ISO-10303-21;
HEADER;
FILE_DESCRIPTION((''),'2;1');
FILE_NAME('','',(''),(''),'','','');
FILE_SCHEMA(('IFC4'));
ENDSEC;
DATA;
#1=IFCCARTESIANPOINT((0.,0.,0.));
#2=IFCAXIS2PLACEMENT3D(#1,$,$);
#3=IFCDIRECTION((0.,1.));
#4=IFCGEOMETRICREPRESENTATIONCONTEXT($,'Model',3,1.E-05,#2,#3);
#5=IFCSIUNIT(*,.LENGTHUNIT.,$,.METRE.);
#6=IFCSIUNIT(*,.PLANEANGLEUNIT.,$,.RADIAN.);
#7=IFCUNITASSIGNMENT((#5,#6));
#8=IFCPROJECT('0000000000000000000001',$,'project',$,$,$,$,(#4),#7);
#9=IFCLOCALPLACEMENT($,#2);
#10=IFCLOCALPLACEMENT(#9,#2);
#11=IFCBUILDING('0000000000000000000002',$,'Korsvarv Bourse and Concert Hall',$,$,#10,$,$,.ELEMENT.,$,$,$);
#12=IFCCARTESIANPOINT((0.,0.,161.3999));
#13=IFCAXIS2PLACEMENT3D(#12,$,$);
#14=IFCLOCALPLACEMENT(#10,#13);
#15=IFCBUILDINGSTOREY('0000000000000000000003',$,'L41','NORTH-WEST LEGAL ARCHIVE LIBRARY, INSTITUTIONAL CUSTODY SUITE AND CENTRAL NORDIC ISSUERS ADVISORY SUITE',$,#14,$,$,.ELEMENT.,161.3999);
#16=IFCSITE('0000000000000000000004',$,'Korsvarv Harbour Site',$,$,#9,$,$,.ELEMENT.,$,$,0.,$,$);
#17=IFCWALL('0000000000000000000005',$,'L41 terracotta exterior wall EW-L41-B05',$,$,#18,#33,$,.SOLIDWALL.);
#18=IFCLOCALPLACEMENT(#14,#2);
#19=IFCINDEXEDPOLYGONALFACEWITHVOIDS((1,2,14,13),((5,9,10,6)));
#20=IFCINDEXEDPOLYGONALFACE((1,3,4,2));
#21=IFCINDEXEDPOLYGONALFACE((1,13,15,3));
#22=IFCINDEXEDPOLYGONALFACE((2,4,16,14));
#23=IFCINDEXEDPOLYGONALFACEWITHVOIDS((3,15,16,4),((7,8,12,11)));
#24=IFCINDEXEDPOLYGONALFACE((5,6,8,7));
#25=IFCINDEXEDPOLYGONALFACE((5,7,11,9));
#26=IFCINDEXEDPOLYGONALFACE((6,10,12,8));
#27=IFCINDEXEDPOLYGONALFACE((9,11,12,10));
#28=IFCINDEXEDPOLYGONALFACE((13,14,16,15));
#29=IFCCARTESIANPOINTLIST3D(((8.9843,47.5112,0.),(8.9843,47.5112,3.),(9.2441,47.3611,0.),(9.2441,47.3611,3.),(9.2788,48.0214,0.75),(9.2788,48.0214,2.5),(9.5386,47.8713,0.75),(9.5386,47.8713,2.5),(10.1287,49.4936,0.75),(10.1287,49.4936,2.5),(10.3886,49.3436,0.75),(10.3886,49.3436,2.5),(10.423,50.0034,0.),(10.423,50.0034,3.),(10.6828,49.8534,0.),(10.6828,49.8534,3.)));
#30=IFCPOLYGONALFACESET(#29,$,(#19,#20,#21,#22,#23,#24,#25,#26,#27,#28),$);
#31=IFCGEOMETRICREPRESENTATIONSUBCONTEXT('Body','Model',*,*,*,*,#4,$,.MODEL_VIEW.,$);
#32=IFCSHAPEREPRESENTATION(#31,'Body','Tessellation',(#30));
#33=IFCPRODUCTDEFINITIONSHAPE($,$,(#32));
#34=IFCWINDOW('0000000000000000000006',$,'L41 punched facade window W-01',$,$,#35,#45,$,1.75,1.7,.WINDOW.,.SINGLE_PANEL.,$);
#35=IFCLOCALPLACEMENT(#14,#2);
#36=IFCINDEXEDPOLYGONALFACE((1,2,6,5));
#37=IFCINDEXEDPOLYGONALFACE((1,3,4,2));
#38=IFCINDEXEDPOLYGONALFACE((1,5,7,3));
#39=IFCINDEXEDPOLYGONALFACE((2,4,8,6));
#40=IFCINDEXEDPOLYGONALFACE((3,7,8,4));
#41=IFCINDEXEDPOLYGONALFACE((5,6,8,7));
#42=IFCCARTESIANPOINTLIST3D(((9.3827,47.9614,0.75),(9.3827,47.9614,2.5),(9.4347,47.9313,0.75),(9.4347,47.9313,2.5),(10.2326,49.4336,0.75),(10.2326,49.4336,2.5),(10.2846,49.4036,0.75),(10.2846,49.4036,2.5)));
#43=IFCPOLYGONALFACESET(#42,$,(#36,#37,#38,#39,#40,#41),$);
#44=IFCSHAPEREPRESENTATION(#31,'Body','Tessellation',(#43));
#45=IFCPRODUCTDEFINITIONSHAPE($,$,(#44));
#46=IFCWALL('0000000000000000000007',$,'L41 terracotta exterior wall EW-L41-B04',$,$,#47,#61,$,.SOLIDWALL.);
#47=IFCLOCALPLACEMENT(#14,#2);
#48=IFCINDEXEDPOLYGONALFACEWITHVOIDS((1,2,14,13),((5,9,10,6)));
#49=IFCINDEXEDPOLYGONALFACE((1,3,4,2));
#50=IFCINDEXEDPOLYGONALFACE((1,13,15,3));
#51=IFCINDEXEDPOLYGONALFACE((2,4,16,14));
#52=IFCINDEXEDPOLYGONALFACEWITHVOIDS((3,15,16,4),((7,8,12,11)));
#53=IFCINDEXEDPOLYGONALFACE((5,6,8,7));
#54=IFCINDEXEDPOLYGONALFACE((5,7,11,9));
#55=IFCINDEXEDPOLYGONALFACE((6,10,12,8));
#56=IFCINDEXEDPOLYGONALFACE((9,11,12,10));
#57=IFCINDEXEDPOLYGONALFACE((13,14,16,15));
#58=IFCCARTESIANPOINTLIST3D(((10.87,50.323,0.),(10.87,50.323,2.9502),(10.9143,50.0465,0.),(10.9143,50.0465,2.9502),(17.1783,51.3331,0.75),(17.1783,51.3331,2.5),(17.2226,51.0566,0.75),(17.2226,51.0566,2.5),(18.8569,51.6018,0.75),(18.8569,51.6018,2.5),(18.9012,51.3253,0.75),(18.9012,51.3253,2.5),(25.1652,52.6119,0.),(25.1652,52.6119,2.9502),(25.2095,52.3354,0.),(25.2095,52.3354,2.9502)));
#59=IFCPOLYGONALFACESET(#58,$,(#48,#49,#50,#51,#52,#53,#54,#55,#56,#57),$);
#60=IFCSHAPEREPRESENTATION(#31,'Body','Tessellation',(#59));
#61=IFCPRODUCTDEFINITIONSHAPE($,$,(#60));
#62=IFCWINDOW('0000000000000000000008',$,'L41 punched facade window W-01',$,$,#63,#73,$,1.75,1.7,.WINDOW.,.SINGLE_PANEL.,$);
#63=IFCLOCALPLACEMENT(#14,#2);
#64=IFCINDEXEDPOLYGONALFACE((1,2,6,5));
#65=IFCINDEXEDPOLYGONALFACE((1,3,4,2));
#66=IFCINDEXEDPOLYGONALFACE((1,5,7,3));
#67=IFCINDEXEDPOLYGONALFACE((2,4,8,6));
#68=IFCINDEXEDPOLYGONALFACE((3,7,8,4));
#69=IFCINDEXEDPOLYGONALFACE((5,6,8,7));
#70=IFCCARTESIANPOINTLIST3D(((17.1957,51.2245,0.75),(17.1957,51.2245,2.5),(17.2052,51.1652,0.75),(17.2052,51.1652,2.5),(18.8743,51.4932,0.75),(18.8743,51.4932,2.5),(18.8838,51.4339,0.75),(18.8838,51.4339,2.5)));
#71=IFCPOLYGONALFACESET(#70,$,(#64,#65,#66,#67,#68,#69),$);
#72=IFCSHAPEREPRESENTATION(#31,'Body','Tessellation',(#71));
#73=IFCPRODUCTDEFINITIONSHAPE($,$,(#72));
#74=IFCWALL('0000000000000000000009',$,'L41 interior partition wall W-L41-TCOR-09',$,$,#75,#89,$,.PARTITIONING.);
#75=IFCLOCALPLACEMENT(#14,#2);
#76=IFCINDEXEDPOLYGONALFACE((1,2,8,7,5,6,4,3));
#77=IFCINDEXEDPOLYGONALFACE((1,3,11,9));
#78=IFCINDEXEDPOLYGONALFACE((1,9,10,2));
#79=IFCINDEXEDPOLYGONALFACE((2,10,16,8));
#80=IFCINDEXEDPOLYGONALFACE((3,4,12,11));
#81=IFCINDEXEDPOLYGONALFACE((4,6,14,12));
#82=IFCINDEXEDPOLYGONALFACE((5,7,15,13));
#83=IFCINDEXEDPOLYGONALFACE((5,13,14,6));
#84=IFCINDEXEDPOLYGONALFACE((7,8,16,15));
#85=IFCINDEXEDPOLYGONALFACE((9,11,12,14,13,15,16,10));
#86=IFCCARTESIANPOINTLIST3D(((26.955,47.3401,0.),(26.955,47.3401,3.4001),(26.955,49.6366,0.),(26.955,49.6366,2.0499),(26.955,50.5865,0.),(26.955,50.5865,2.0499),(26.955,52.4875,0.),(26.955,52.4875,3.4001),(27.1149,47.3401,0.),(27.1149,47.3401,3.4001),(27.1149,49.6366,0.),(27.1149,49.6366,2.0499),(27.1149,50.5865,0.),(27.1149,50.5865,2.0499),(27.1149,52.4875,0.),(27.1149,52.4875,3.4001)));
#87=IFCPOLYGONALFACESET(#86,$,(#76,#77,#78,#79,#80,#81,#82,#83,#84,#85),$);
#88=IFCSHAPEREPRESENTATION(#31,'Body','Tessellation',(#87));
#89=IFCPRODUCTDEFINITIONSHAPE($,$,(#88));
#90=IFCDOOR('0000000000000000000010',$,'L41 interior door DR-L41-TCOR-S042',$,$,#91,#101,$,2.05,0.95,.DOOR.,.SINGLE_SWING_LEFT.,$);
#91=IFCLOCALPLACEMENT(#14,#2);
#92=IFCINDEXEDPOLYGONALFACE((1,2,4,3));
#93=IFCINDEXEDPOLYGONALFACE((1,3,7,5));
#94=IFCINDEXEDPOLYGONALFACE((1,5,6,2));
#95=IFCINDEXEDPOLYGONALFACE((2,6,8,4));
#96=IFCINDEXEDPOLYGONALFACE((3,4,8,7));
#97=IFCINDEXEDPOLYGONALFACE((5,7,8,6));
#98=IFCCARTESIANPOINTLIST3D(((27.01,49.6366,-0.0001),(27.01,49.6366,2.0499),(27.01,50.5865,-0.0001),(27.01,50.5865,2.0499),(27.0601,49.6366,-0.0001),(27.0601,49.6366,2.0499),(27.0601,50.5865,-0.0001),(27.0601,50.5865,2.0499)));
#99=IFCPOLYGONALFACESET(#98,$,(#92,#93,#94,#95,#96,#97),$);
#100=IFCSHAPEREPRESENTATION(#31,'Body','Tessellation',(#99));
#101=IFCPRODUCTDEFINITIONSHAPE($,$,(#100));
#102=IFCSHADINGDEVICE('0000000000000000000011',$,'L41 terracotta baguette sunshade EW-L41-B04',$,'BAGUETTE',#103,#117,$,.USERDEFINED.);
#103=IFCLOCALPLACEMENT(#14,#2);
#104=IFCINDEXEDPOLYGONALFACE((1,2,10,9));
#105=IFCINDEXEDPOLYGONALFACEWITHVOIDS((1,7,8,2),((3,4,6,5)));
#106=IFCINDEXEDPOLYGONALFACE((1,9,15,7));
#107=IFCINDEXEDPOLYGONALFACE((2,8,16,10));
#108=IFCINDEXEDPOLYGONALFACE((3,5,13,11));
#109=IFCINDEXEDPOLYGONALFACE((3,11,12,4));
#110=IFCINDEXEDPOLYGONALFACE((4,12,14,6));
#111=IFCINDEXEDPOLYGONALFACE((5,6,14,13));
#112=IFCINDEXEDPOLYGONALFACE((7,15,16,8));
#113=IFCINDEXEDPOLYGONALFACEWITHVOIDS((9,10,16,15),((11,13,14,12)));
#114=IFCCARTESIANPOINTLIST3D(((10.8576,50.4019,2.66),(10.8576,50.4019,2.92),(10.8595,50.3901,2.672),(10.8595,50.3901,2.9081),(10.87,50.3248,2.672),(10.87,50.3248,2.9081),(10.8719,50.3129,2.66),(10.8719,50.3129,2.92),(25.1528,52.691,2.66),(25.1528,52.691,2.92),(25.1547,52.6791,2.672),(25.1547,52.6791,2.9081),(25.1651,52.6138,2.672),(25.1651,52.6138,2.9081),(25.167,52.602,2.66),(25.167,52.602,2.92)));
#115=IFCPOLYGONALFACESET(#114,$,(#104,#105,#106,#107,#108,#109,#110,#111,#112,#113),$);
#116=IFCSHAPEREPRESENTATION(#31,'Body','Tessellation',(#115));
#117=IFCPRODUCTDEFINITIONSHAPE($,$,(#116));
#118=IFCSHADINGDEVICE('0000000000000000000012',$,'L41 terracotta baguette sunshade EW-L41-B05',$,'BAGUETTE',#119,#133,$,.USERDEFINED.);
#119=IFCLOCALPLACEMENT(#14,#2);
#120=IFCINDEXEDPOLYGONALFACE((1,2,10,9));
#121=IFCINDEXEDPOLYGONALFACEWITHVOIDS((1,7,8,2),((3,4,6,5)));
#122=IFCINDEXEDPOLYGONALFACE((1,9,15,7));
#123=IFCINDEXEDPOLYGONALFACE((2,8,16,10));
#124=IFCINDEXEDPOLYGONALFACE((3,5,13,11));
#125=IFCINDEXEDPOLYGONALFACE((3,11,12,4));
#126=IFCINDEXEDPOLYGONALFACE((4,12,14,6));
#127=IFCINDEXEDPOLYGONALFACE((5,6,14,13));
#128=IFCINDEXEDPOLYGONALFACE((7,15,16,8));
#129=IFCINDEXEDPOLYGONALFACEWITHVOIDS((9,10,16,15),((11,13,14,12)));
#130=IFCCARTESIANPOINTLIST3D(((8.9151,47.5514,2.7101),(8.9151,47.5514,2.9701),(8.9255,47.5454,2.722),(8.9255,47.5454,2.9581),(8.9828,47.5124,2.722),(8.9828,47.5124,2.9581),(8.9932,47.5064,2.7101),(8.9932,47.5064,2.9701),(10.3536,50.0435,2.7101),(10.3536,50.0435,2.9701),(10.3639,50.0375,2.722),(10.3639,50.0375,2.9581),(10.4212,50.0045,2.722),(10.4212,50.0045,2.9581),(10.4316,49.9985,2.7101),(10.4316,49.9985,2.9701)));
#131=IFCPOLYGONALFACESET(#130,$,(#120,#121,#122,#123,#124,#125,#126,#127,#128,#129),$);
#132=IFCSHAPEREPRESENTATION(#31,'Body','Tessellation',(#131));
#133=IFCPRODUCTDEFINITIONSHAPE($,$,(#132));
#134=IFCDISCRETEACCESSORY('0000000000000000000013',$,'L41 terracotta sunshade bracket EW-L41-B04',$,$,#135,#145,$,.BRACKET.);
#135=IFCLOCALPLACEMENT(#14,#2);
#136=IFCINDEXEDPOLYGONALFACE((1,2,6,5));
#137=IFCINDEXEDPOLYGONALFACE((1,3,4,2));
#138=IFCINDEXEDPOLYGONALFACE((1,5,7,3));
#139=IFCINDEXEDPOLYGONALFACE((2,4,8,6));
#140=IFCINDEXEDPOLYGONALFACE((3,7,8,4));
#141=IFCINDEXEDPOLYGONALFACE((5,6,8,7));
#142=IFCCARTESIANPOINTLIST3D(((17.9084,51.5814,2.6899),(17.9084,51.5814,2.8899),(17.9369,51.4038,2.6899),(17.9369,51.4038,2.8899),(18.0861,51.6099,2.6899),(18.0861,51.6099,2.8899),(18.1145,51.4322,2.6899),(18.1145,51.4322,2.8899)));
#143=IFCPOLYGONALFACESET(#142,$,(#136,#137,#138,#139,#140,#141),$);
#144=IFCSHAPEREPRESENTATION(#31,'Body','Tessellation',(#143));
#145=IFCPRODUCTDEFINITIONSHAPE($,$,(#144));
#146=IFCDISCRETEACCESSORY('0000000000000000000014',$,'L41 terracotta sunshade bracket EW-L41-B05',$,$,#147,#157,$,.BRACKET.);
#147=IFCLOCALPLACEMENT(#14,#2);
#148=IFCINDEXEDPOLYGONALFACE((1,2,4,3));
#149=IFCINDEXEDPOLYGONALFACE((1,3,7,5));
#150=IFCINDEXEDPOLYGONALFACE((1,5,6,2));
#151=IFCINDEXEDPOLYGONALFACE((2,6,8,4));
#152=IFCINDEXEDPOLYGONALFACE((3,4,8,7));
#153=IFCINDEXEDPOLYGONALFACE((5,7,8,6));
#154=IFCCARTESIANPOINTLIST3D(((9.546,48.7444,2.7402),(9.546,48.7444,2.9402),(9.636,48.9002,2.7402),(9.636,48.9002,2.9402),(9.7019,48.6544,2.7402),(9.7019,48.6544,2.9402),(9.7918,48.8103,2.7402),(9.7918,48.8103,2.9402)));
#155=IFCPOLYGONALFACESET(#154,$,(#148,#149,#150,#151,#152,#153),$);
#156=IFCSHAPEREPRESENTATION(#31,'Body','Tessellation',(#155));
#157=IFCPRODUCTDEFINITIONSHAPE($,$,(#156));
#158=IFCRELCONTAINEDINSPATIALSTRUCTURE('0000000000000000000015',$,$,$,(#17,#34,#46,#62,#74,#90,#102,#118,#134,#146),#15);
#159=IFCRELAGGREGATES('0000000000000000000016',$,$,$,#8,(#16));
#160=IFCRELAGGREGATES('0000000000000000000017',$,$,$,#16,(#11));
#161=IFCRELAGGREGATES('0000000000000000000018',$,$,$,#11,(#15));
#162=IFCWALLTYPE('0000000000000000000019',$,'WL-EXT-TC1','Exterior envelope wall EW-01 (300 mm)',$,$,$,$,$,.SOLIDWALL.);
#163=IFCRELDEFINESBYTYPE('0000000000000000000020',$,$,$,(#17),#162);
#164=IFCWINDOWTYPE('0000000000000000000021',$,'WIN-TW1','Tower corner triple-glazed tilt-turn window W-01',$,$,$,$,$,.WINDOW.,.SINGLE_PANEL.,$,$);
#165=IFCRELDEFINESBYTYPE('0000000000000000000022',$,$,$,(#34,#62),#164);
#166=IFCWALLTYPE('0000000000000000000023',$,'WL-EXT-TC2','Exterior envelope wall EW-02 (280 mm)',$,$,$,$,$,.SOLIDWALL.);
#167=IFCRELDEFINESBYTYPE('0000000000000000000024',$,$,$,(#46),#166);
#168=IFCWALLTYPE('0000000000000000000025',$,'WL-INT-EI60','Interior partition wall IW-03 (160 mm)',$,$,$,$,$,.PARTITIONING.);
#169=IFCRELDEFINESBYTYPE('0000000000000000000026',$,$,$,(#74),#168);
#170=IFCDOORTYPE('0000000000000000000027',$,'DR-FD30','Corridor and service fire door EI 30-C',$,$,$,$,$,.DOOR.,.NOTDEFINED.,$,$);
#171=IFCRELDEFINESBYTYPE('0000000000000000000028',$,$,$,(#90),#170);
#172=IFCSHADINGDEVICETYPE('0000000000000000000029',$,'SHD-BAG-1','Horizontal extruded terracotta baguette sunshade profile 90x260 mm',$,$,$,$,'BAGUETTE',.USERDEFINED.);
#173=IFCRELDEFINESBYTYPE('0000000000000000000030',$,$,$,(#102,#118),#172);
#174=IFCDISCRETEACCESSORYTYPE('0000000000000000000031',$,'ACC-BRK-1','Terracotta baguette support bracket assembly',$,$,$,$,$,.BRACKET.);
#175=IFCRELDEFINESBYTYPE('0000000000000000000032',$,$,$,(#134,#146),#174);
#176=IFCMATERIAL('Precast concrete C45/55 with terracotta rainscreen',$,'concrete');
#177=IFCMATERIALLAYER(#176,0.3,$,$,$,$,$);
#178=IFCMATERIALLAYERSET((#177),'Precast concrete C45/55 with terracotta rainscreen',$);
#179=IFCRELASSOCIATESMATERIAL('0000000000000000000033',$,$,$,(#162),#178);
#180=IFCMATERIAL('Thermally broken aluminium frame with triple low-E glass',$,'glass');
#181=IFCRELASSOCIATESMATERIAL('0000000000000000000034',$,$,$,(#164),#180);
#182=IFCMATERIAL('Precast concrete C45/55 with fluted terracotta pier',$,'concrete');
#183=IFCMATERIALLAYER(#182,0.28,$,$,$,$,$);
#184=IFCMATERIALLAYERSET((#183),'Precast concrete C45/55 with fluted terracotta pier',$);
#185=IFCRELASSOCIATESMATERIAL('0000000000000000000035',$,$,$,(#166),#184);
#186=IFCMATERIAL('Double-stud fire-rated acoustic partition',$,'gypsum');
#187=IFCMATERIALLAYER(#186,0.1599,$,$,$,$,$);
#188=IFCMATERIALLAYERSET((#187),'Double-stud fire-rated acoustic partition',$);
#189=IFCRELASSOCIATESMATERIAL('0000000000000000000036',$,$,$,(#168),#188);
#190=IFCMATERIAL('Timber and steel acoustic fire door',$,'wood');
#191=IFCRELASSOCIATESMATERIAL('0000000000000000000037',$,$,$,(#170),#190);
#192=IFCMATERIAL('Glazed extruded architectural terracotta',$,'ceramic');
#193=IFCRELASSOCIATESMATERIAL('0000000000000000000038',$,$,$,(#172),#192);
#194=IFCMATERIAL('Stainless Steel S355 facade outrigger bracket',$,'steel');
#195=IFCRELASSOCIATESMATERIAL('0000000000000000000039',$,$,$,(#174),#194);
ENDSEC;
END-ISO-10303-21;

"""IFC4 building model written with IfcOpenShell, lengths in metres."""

from ifc_helpers import new_model, si_unit, direction, frame, frame_2d, origin, origin_2d, place, context, subcontext, project, spatial, rectangle, hollow_rectangle, extrude, source, transform, mapped, material, layer, layer_set, material_profile, profile_set, type_object, element, fill, save


model = new_model("IFC4")

# Units and contexts
model_context = context("Model", 3, precision=1e-05, world=origin(), true_north=direction((0.0, 1.0)))
body_context = subcontext(model_context, "Body", "Model", "MODEL_VIEW")
ifc_project = project(units=[si_unit("LENGTHUNIT", "METRE"), si_unit("PLANEANGLEUNIT", "RADIAN")], contexts=[model_context])

# Site, building, storey
site_placement = place(None, origin())
site = spatial("IfcSite", under=ifc_project, at=site_placement, Name="Korsvarv Harbour Site", CompositionType="ELEMENT", RefElevation=0.0)
building_placement = place(site_placement, origin())
building = spatial("IfcBuilding", under=site, at=building_placement, Name="Korsvarv Bourse and Concert Hall", CompositionType="ELEMENT")
storey_placement = place(building_placement, frame((0.0, 0.0, 161.3999)))
storey = spatial("IfcBuildingStorey", under=building, at=storey_placement, Name="L41", Description="NORTH-WEST LEGAL ARCHIVE LIBRARY, INSTITUTIONAL CUSTODY SUITE AND CENTRAL NORDIC ISSUERS ADVISORY SUITE", CompositionType="ELEMENT", Elevation=161.3999)

# Walls, openings, windows
ifc_material_1 = material(Name="Precast concrete C45/55 with terracotta rainscreen", Category="concrete")
ifc_layer_1 = layer(ifc_material_1, 0.3)
ifc_layer_set_1 = layer_set([ifc_layer_1], Name="Precast concrete C45/55 with terracotta rainscreen")
wall_type_1 = type_object("IfcWallType", Name="WL-EXT-TC1", Description="Exterior envelope wall EW-01 (300 mm)", PredefinedType="SOLIDWALL", material=ifc_layer_set_1)
wall_1_placement = place(storey_placement, frame((10.553, 49.9285, 0.0), z_axis=(0.0, 0.0, 1.0), x_axis=(-0.499962, -0.866047, 0.0)))
wall_1 = element("IfcWall", 1, at=wall_1_placement, inside=storey, type_object=wall_type_1, Name="L41 terracotta exterior wall EW-L41-B05", PredefinedType="SOLIDWALL", context=body_context, shape_type="SweptSolid", body=[
    extrude(rectangle(XDim=2.8777, YDim=0.3, at=frame_2d((1.439, 0.0))), origin(), (0.0, 0.0, 1.0), 3.0),
])
opening_1_placement = place(wall_1_placement, frame((0.5886, 0.0, 0.75)))
opening_1 = element("IfcOpeningElement", 2, at=opening_1_placement, cuts=wall_1, PredefinedType="OPENING", context=body_context, shape_type="SweptSolid", body=[
    extrude(rectangle(XDim=1.7, YDim=1.75, at=frame_2d((0.8501, 0.875))), frame((0.0, 0.1602, 0.0), z_axis=(0.0, -1.0, 0.0), x_axis=(1.0, 0.0, 0.0)), (0.0, 0.0, 1.0), 0.3201),
])
ifc_material_2 = material(Name="Thermally broken aluminium frame with triple low-E glass", Category="glass")
window_type = type_object("IfcWindowType", Name="WIN-TW1", Description="Tower corner triple-glazed tilt-turn window W-01", PartitioningType="SINGLE_PANEL", PredefinedType="WINDOW", material=ifc_material_2)
window_1_placement = place(opening_1_placement, origin())
window_1 = element("IfcWindow", 3, at=window_1_placement, inside=storey, type_object=window_type, Name="L41 punched facade window W-01", OverallHeight=1.75, OverallWidth=1.7, PartitioningType="SINGLE_PANEL", PredefinedType="WINDOW", context=body_context, shape_type="SweptSolid", body=[
    extrude(rectangle(XDim=1.7, YDim=1.75, at=frame_2d((0.8501, 0.875))), frame((0.0, 0.03, 0.0), z_axis=(0.0, -1.0, 0.0), x_axis=(1.0, 0.0, 0.0)), (0.0, 0.0, 1.0), 0.0601),
])
fill(opening_1, window_1)
ifc_material_3 = material(Name="Precast concrete C45/55 with fluted terracotta pier", Category="concrete")
ifc_layer_2 = layer(ifc_material_3, 0.28)
ifc_layer_set_2 = layer_set([ifc_layer_2], Name="Precast concrete C45/55 with fluted terracotta pier")
wall_type_2 = type_object("IfcWallType", Name="WL-EXT-TC2", Description="Exterior envelope wall EW-02 (280 mm)", PredefinedType="SOLIDWALL", material=ifc_layer_set_2)
wall_2_placement = place(storey_placement, frame((25.1875, 52.4736, 0.0), z_axis=(0.0, 0.0, 1.0), x_axis=(-0.987423, -0.158098, 0.0)))
wall_2 = element("IfcWall", 4, at=wall_2_placement, inside=storey, type_object=wall_type_2, Name="L41 terracotta exterior wall EW-L41-B04", PredefinedType="SOLIDWALL", context=body_context, shape_type="SweptSolid", body=[
    extrude(rectangle(XDim=14.4773, YDim=0.28, at=frame_2d((7.2388, 0.0))), origin(), (0.0, 0.0, 1.0), 2.9502),
])
opening_2_placement = place(wall_2_placement, frame((6.3887, 0.0, 0.75)))
opening_2 = element("IfcOpeningElement", 5, at=opening_2_placement, cuts=wall_2, PredefinedType="OPENING", context=body_context, shape_type="SweptSolid", body=[
    extrude(rectangle(XDim=1.7, YDim=1.75, at=frame_2d((0.8501, 0.875))), frame((0.0, 0.1499, 0.0), z_axis=(0.0, -1.0, 0.0), x_axis=(1.0, 0.0, 0.0)), (0.0, 0.0, 1.0), 0.3),
])
window_2_placement = place(opening_2_placement, origin())
window_2 = element("IfcWindow", 6, at=window_2_placement, inside=storey, type_object=window_type, Name="L41 punched facade window W-01", OverallHeight=1.75, OverallWidth=1.7, PartitioningType="SINGLE_PANEL", PredefinedType="WINDOW", context=body_context, shape_type="SweptSolid", body=[
    extrude(rectangle(XDim=1.7, YDim=1.75, at=frame_2d((0.8501, 0.875))), frame((0.0, 0.03, 0.0), z_axis=(0.0, -1.0, 0.0), x_axis=(1.0, 0.0, 0.0)), (0.0, 0.0, 1.0), 0.0601),
])
fill(opening_2, window_2)

# Wall, opening, door
ifc_material_4 = material(Name="Double-stud fire-rated acoustic partition", Category="gypsum")
ifc_layer_3 = layer(ifc_material_4, 0.1599)
ifc_layer_set_3 = layer_set([ifc_layer_3], Name="Double-stud fire-rated acoustic partition")
wall_type_3 = type_object("IfcWallType", Name="WL-INT-EI60", Description="Interior partition wall IW-03 (160 mm)", PredefinedType="PARTITIONING", material=ifc_layer_set_3)
wall_3_placement = place(storey_placement, frame((27.0349, 47.3401, 0.0), z_axis=(0.0, 0.0, 1.0), x_axis=(0.0, 1.0, 0.0)))
wall_3 = element("IfcWall", 7, at=wall_3_placement, inside=storey, type_object=wall_type_3, Name="L41 interior partition wall W-L41-TCOR-09", PredefinedType="PARTITIONING", context=body_context, shape_type="SweptSolid", body=[
    extrude(rectangle(XDim=5.1475, YDim=0.1599, at=frame_2d((2.5737, 0.0))), origin(), (0.0, 0.0, 1.0), 3.4001),
])
opening_3_placement = place(wall_3_placement, frame((2.2964, 0.0, 0.0)))
opening_3 = element("IfcOpeningElement", 8, at=opening_3_placement, cuts=wall_3, PredefinedType="OPENING", context=body_context, shape_type="SweptSolid", body=[
    extrude(rectangle(XDim=0.95, YDim=2.05, at=frame_2d((0.4751, 1.0249))), frame((0.0, 0.0898, 0.0), z_axis=(0.0, -1.0, 0.0), x_axis=(1.0, 0.0, 0.0)), (0.0, 0.0, 1.0), 0.1799),
])
ifc_material_5 = material(Name="Timber and steel acoustic fire door", Category="wood")
door_type = type_object("IfcDoorType", Name="DR-FD30", Description="Corridor and service fire door EI 30-C", OperationType="NOTDEFINED", PredefinedType="DOOR", material=ifc_material_5)
door_placement = place(opening_3_placement, origin())
door = element("IfcDoor", 9, at=door_placement, inside=storey, type_object=door_type, Name="L41 interior door DR-L41-TCOR-S042", OperationType="SINGLE_SWING_LEFT", OverallHeight=2.05, OverallWidth=0.95, PredefinedType="DOOR", context=body_context, shape_type="SweptSolid", body=[
    extrude(rectangle(XDim=0.95, YDim=2.05, at=frame_2d((0.4751, 1.0249))), frame((0.0, 0.0249, 0.0), z_axis=(0.0, -1.0, 0.0), x_axis=(1.0, 0.0, 0.0)), (0.0, 0.0, 1.0), 0.05),
])
fill(opening_3, door)

# Shading devices
ifc_material_6 = material(Name="Glazed extruded architectural terracotta", Category="ceramic")
ifc_material_profile_1 = material_profile(ifc_material_6, hollow_rectangle(XDim=0.0901, YDim=0.26, WallThickness=0.012, at=origin_2d()), Name="TC-BAG 90x260")
ifc_profile_set_1 = profile_set([ifc_material_profile_1], Name="Glazed extruded architectural terracotta")
shading_device_type = type_object("IfcShadingDeviceType", Name="SHD-BAG-1", Description="Horizontal extruded terracotta baguette sunshade profile 90x260 mm", ElementType="BAGUETTE", PredefinedType="USERDEFINED", material=ifc_profile_set_1)
shared_shape_1 = source(origin(), body_context, "Body", "SweptSolid", [
    extrude(hollow_rectangle(XDim=0.0901, YDim=0.26, WallThickness=0.012, at=origin_2d()), origin(), (0.0, 0.0, 1.0), 14.4773),
])
shading_device_1_placement = place(storey_placement, frame((25.1599, 52.6465, 2.79), z_axis=(-0.987421, -0.158114, 0.0), x_axis=(0.158114, -0.987421, 0.0)))
element("IfcShadingDevice", 10, at=shading_device_1_placement, inside=storey, type_object=shading_device_type, Name="L41 terracotta baguette sunshade EW-L41-B04", ObjectType="BAGUETTE", PredefinedType="USERDEFINED", context=body_context, shape_type="MappedRepresentation", body=[
    mapped(shared_shape_1, transform((0.0, 0.0, 0.0), scale=1.0)),
])
shared_shape_2 = source(origin(), body_context, "Body", "SweptSolid", [
    extrude(hollow_rectangle(XDim=0.0901, YDim=0.26, WallThickness=0.012, at=origin_2d()), origin(), (0.0, 0.0, 1.0), 2.8774),
])
shading_device_2_placement = place(storey_placement, frame((10.3926, 50.021, 2.8401), z_axis=(-0.499899, -0.866084, 0.0), x_axis=(0.866084, -0.499899, 0.0)))
element("IfcShadingDevice", 11, at=shading_device_2_placement, inside=storey, type_object=shading_device_type, Name="L41 terracotta baguette sunshade EW-L41-B05", ObjectType="BAGUETTE", PredefinedType="USERDEFINED", context=body_context, shape_type="MappedRepresentation", body=[
    mapped(shared_shape_2, transform((0.0, 0.0, 0.0), scale=1.0)),
])

# Discrete accessories
ifc_material_7 = material(Name="Stainless Steel S355 facade outrigger bracket", Category="steel")
discrete_accessory_type = type_object("IfcDiscreteAccessoryType", Name="ACC-BRK-1", Description="Terracotta baguette support bracket assembly", PredefinedType="BRACKET", material=ifc_material_7)
shared_shape_3 = source(origin(), body_context, "Body", "SweptSolid", [
    extrude(rectangle(XDim=0.1799, YDim=0.1799, at=origin_2d()), origin(), (0.0, 0.0, 1.0), 0.2),
])
for number, where, z_axis, x_axis, name in (
    (12, (18.0115, 51.5068, 2.6899), (0.0, 0.0, 1.0), (-0.987414, -0.158158, 0.0), "L41 terracotta sunshade bracket EW-L41-B04"),
    (13, (9.6689, 48.7773, 2.7402), (0.0, 0.0, 1.0), (-0.5, -0.866025, 0.0), "L41 terracotta sunshade bracket EW-L41-B05"),
):
    element("IfcDiscreteAccessory", number, at=place(storey_placement, frame(where, z_axis=z_axis, x_axis=x_axis)), inside=storey, type_object=discrete_accessory_type, Name=name, PredefinedType="BRACKET", context=body_context, shape_type="MappedRepresentation", body=[
        mapped(shared_shape_3, transform((0.0, 0.0, 0.0), scale=1.0)),
    ])

save(model, "model.ifc")
